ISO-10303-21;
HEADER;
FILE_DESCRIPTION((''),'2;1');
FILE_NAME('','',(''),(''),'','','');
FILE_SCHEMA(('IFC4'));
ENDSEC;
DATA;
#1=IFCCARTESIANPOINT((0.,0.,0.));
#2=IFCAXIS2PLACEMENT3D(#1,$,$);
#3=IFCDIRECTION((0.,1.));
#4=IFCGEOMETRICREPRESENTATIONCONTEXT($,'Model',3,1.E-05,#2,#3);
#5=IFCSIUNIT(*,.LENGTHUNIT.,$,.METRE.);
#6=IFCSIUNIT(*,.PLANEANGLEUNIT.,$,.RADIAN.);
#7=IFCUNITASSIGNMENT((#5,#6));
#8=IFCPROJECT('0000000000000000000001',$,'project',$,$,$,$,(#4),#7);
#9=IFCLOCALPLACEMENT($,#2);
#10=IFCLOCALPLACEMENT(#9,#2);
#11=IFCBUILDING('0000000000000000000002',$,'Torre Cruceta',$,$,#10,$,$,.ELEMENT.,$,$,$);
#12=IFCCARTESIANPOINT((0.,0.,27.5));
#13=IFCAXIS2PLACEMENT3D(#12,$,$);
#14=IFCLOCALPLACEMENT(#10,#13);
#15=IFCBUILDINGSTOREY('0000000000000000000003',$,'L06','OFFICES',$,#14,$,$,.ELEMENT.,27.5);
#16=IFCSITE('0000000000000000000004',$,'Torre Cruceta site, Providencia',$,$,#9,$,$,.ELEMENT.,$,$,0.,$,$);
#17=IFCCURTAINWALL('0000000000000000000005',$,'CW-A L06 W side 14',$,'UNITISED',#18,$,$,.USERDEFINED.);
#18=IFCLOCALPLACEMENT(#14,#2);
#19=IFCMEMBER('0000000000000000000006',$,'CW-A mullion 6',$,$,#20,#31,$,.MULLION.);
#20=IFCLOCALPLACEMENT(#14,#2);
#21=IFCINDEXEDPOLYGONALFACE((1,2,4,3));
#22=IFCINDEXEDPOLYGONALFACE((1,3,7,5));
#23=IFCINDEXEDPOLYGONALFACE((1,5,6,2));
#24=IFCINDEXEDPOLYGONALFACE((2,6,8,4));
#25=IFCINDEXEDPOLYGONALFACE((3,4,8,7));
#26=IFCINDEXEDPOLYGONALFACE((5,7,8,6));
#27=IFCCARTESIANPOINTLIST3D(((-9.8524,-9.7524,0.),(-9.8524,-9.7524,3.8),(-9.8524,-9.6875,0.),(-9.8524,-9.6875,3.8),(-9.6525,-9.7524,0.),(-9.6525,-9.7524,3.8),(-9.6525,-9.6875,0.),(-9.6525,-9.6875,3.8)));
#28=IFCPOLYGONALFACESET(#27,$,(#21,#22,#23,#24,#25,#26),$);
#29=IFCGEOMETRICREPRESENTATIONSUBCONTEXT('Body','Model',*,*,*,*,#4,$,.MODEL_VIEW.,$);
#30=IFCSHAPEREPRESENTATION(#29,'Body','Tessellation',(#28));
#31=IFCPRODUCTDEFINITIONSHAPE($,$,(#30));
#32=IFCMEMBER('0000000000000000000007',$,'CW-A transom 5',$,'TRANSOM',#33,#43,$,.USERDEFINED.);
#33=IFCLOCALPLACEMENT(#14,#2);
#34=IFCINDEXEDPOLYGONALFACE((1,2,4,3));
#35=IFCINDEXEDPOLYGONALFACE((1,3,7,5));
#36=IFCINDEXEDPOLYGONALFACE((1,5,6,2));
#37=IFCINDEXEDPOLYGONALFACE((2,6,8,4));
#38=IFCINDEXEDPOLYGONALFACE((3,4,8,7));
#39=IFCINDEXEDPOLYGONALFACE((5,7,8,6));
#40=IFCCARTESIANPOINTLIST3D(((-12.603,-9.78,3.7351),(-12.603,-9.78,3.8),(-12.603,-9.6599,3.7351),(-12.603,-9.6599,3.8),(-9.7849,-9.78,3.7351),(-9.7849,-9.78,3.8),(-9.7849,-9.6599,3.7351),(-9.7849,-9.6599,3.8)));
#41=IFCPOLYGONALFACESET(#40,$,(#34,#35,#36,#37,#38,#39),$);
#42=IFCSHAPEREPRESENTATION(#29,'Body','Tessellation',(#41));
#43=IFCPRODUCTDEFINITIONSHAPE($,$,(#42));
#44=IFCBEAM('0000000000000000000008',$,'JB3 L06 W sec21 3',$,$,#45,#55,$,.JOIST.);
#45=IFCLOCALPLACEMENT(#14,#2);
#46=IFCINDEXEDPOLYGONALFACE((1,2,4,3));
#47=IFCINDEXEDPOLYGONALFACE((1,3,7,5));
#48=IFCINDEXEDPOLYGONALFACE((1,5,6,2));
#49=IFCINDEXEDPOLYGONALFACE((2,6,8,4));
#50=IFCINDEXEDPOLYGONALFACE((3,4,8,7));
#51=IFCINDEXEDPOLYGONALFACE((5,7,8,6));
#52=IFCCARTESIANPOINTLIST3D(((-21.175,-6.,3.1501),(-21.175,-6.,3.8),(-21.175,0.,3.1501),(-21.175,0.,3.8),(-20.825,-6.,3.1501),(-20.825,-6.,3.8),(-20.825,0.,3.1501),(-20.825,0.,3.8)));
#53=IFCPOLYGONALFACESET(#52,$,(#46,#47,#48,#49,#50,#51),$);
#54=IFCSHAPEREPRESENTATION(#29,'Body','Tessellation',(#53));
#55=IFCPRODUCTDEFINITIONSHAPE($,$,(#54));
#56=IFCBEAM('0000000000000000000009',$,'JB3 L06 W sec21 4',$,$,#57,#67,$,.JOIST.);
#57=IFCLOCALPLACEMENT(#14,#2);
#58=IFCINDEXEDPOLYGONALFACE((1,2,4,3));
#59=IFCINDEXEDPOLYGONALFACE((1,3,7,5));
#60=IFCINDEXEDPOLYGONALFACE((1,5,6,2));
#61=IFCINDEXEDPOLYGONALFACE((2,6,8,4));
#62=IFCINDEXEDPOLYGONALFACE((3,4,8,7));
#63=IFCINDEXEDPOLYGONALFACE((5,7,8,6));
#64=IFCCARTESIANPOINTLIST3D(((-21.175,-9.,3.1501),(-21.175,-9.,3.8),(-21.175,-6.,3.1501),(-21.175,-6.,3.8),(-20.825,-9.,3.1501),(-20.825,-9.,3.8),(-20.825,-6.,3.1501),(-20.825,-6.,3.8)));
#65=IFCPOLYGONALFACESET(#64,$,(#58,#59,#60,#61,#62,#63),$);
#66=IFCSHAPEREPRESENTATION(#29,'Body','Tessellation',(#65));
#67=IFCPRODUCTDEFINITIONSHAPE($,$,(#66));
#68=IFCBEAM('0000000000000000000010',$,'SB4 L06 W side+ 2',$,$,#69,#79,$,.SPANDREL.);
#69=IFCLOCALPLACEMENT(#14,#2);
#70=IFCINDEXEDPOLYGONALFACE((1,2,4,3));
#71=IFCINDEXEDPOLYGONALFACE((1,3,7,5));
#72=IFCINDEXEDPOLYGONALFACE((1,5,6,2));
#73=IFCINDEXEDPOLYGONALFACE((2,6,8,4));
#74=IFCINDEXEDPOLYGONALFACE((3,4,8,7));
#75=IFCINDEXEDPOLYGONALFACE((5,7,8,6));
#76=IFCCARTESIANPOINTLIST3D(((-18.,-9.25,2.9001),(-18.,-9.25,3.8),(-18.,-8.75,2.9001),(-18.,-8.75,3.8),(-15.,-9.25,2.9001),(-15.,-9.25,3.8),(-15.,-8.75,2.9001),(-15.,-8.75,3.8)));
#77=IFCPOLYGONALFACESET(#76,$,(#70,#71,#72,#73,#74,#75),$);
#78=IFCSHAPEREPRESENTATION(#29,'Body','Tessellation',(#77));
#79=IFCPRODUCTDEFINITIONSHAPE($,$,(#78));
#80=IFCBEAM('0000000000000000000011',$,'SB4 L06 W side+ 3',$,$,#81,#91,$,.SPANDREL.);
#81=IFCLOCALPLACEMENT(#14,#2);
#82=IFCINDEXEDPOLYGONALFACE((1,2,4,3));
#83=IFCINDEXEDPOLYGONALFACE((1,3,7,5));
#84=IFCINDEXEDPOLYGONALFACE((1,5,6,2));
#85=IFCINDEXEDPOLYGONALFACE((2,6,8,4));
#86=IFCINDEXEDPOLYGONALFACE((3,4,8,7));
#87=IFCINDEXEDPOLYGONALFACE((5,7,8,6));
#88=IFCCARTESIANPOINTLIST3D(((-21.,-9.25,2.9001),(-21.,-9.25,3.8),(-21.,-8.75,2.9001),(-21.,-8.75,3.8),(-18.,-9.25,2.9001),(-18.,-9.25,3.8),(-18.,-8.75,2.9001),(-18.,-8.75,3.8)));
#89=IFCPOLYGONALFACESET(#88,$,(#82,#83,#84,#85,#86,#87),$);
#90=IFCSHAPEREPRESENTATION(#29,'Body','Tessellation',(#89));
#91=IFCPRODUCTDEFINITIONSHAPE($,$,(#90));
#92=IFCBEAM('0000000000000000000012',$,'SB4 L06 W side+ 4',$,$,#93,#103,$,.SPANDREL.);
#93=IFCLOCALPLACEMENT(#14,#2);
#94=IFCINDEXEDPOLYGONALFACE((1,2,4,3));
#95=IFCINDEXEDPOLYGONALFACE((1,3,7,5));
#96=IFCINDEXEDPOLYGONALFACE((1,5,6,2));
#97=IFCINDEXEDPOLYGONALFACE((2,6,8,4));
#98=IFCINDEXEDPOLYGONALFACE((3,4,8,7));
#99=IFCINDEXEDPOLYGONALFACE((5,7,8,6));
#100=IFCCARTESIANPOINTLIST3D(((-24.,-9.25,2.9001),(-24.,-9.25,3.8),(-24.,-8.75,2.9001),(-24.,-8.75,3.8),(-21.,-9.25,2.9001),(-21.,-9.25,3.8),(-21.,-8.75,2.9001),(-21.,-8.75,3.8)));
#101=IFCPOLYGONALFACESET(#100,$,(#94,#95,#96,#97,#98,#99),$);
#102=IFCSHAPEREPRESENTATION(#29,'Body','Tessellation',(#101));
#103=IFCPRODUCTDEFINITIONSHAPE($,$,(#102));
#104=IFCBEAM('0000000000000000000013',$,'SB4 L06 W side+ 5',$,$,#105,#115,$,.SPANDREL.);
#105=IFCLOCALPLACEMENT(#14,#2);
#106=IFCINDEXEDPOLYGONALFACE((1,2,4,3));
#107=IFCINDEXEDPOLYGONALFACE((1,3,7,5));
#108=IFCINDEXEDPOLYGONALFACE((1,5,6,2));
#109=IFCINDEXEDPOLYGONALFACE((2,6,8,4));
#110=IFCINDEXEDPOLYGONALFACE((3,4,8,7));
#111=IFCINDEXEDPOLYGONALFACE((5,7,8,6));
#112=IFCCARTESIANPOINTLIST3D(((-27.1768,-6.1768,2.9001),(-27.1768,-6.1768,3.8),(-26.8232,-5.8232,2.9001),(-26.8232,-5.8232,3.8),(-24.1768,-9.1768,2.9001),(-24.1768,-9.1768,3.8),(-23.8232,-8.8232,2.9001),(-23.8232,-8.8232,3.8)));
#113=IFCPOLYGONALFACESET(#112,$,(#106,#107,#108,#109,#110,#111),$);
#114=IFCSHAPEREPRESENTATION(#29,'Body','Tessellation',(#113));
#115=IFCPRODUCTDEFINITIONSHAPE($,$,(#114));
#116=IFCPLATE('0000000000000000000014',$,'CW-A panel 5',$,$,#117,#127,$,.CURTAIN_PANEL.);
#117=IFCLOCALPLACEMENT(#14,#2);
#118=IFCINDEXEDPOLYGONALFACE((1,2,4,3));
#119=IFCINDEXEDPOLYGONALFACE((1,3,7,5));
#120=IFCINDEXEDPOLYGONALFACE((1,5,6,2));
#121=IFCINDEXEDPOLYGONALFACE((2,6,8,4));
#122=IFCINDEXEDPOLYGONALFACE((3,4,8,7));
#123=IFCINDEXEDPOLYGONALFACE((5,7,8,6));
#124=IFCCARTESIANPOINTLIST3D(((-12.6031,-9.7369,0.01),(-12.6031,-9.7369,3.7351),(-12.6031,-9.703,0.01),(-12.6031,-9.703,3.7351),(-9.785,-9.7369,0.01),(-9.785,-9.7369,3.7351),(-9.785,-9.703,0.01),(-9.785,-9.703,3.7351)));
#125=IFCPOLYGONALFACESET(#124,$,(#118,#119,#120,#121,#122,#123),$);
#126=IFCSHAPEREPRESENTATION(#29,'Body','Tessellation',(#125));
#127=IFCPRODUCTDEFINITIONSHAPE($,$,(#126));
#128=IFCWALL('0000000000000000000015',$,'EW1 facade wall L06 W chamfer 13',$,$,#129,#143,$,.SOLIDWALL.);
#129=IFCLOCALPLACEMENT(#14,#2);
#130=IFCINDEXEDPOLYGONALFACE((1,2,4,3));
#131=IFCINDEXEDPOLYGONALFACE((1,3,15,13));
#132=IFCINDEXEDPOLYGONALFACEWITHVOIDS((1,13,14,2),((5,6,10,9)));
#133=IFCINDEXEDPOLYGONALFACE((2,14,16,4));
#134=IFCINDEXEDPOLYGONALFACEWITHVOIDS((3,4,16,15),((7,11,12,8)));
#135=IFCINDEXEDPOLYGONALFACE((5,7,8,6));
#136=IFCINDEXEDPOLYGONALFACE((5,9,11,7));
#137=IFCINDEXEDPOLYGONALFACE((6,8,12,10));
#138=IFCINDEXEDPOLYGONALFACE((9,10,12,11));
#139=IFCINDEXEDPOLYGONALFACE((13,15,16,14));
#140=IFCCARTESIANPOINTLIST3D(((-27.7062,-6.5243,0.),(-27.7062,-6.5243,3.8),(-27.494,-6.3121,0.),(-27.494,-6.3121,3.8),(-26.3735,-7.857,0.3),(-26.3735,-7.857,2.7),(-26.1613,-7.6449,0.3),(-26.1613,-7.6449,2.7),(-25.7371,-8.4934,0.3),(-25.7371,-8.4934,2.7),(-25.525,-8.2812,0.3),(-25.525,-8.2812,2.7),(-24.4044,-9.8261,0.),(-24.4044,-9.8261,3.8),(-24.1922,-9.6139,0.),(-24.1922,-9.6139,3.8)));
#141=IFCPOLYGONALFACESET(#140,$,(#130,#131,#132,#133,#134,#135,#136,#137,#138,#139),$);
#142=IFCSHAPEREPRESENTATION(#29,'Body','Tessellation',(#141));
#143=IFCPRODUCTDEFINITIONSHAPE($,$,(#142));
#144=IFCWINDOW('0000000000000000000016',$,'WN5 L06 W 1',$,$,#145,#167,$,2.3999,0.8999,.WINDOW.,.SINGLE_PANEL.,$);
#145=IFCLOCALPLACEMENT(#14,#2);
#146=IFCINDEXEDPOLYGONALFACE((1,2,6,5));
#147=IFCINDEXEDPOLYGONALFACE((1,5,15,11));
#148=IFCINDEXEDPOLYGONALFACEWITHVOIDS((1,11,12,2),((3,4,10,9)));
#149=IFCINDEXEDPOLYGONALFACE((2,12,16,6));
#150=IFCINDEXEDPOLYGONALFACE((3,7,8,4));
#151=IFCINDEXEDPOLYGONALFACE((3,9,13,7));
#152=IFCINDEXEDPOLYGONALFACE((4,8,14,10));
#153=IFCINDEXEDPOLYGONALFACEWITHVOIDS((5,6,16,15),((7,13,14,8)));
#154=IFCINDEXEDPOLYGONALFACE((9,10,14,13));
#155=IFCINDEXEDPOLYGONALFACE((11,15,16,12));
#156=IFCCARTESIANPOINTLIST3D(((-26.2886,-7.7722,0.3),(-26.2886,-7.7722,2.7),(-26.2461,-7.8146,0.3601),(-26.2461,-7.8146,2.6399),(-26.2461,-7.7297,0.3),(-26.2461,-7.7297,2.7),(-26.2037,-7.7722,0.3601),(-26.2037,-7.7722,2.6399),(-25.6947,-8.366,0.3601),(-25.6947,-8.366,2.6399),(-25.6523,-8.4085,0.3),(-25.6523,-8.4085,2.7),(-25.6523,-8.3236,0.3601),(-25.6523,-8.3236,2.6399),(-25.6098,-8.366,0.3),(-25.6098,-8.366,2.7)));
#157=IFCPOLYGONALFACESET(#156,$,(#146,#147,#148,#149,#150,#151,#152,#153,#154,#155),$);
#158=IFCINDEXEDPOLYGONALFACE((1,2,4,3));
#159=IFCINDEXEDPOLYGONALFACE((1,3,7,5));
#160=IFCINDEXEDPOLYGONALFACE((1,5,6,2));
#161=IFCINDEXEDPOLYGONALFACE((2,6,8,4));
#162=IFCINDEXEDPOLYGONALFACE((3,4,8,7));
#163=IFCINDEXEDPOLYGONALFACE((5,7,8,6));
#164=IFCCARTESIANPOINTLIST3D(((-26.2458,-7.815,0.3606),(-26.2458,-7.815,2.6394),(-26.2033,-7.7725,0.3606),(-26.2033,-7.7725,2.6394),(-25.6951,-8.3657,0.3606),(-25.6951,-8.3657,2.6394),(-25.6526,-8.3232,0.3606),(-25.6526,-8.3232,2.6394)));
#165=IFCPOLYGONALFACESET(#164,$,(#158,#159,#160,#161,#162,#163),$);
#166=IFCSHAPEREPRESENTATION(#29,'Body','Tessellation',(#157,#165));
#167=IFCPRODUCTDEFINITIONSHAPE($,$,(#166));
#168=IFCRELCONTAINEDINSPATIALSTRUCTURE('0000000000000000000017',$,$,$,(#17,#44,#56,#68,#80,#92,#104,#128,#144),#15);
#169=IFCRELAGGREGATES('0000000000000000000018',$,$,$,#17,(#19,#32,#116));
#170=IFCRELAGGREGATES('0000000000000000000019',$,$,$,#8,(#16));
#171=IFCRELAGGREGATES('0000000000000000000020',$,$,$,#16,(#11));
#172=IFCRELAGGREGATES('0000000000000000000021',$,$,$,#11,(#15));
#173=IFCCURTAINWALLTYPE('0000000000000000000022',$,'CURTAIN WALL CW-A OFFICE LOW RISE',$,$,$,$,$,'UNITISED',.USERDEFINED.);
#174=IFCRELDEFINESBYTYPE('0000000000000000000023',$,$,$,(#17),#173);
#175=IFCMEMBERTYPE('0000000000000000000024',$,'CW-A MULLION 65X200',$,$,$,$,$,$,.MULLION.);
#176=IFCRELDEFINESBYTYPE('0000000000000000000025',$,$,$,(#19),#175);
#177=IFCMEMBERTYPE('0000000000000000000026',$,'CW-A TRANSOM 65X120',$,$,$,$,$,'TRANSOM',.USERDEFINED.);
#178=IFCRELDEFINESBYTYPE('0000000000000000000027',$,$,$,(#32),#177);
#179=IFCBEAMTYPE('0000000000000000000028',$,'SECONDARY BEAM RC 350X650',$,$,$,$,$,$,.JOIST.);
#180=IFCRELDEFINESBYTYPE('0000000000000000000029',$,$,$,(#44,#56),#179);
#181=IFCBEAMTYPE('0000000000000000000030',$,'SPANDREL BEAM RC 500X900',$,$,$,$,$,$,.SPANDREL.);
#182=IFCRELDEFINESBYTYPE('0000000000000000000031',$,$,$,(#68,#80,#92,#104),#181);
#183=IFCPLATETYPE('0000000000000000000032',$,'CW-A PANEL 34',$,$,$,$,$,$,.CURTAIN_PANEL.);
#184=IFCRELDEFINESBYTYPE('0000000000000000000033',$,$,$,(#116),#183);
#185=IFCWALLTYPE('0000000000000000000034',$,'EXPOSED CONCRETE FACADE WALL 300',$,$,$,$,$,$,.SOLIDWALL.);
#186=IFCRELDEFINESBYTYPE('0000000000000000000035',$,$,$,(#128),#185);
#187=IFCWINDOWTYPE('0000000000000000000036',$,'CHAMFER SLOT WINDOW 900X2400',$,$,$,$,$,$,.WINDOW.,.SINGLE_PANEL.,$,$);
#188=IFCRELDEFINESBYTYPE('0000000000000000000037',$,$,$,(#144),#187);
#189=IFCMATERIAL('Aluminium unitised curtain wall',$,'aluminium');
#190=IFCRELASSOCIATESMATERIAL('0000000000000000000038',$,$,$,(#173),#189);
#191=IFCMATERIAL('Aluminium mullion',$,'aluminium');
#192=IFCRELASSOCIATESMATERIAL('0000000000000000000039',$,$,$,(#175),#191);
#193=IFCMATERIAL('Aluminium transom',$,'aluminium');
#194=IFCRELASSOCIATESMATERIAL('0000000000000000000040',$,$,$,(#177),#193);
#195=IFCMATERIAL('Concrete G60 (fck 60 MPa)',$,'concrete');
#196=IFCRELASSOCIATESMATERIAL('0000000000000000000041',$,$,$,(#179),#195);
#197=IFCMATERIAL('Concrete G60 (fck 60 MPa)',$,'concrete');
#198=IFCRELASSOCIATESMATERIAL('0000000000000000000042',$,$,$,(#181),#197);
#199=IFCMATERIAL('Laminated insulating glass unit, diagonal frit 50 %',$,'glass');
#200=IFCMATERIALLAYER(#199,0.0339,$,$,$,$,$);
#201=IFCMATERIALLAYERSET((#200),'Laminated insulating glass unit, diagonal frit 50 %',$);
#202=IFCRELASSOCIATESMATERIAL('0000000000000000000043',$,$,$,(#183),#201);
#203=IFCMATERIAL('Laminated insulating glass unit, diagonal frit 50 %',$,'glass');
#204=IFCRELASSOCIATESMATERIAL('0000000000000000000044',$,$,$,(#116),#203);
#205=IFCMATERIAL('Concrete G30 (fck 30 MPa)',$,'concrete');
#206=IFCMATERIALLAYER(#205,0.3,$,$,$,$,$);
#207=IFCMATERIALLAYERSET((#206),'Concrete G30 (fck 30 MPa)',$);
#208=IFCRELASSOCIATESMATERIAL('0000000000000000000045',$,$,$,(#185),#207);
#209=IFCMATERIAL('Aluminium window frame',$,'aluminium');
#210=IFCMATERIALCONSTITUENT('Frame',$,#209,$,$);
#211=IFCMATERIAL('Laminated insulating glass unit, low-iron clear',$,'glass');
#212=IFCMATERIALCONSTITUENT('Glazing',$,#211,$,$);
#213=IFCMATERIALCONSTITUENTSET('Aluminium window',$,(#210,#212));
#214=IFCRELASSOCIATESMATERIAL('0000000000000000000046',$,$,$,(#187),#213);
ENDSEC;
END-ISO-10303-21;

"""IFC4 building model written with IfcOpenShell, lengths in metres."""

from ifc_helpers import new_model, si_unit, direction, frame, frame_2d, origin, origin_2d, place, context, subcontext, project, spatial, rectangle, hollow_rectangle, extrude, material, layer, layer_set, constituent, constituent_set, material_profile, profile_set, type_object, element, fill, aggregate, save


model = new_model("IFC4")

# Units and contexts
model_context = context("Model", 3, precision=1e-05, world=origin(), true_north=direction((0.0, 1.0)))
body_context = subcontext(model_context, "Body", "Model", "MODEL_VIEW")
ifc_project = project(units=[si_unit("LENGTHUNIT", "METRE"), si_unit("PLANEANGLEUNIT", "RADIAN")], contexts=[model_context])

# Site, building, storey
site_placement = place(None, origin())
site = spatial("IfcSite", under=ifc_project, at=site_placement, Name="Torre Cruceta site, Providencia", CompositionType="ELEMENT", RefElevation=0.0)
building_placement = place(site_placement, origin())
building = spatial("IfcBuilding", under=site, at=building_placement, Name="Torre Cruceta", CompositionType="ELEMENT")
storey_placement = place(building_placement, frame((0.0, 0.0, 27.5)))
storey = spatial("IfcBuildingStorey", under=building, at=storey_placement, Name="L06", Description="OFFICES", CompositionType="ELEMENT", Elevation=27.5)

# Curtain wall, members
ifc_material_1 = material(Name="Aluminium unitised curtain wall", Category="aluminium")
curtain_wall_type = type_object("IfcCurtainWallType", Name="CURTAIN WALL CW-A OFFICE LOW RISE", ElementType="UNITISED", PredefinedType="USERDEFINED", material=ifc_material_1)
curtain_wall_placement = place(storey_placement, origin())
curtain_wall = element("IfcCurtainWall", 1, at=curtain_wall_placement, inside=storey, type_object=curtain_wall_type, Name="CW-A L06 W side 14", ObjectType="UNITISED", PredefinedType="USERDEFINED")
ifc_material_2 = material(Name="Aluminium mullion", Category="aluminium")
ifc_material_profile_1 = material_profile(ifc_material_2, rectangle(XDim=0.0649, YDim=0.2, at=origin_2d()), Name="AL 65X200")
ifc_profile_set_1 = profile_set([ifc_material_profile_1], Name="Aluminium mullion")
member_type_1 = type_object("IfcMemberType", Name="CW-A MULLION 65X200", PredefinedType="MULLION", material=ifc_profile_set_1)
member_1_placement = place(storey_placement, frame((-9.7524, -9.72, 0.0), z_axis=(0.0, 0.0, 1.0), x_axis=(0.0, 1.0, 0.0)))
member_1 = element("IfcMember", 2, at=member_1_placement, type_object=member_type_1, Name="CW-A mullion 6", PredefinedType="MULLION", context=body_context, shape_type="SweptSolid", body=[
    extrude(rectangle(XDim=0.0649, YDim=0.2, at=origin_2d()), origin(), (0.0, 0.0, 1.0), 3.8),
])
ifc_material_3 = material(Name="Aluminium transom", Category="aluminium")
ifc_material_profile_2 = material_profile(ifc_material_3, rectangle(XDim=0.1201, YDim=0.0649, at=origin_2d()), Name="AL 120X65")
ifc_profile_set_2 = profile_set([ifc_material_profile_2], Name="Aluminium transom")
member_type_2 = type_object("IfcMemberType", Name="CW-A TRANSOM 65X120", ElementType="TRANSOM", PredefinedType="USERDEFINED", material=ifc_profile_set_2)
member_2_placement = place(storey_placement, frame((-12.603, -9.72, 3.7676), z_axis=(1.0, 0.0, 0.0), x_axis=(0.0, 1.0, 0.0)))
member_2 = element("IfcMember", 3, at=member_2_placement, type_object=member_type_2, Name="CW-A transom 5", ObjectType="TRANSOM", PredefinedType="USERDEFINED", context=body_context, shape_type="SweptSolid", body=[
    extrude(rectangle(XDim=0.1201, YDim=0.0649, at=origin_2d()), origin(), (0.0, 0.0, 1.0), 2.8181),
])

# Beams
ifc_material_4 = material(Name="Concrete G60 (fck 60 MPa)", Category="concrete")
ifc_material_profile_3 = material_profile(ifc_material_4, rectangle(XDim=0.3501, YDim=0.6499, at=origin_2d()), Name="RC 350X650")
ifc_profile_set_3 = profile_set([ifc_material_profile_3], Name="Concrete G60 (fck 60 MPa)")
beam_type_1 = type_object("IfcBeamType", Name="SECONDARY BEAM RC 350X650", PredefinedType="JOIST", material=ifc_profile_set_3)
beam_1_placement = place(storey_placement, frame((-21.0, 0.0, 3.4751), z_axis=(0.0, -1.0, 0.0), x_axis=(1.0, 0.0, 0.0)))
element("IfcBeam", 4, at=beam_1_placement, inside=storey, type_object=beam_type_1, Name="JB3 L06 W sec21 3", PredefinedType="JOIST", context=body_context, shape_type="SweptSolid", body=[
    extrude(rectangle(XDim=0.3501, YDim=0.6499, at=origin_2d()), origin(), (0.0, 0.0, 1.0), 6.0),
])
beam_2_placement = place(storey_placement, frame((-21.0, -6.0, 3.4751), z_axis=(0.0, -1.0, 0.0), x_axis=(1.0, 0.0, 0.0)))
element("IfcBeam", 5, at=beam_2_placement, inside=storey, type_object=beam_type_1, Name="JB3 L06 W sec21 4", PredefinedType="JOIST", context=body_context, shape_type="SweptSolid", body=[
    extrude(rectangle(XDim=0.3501, YDim=0.6499, at=origin_2d()), origin(), (0.0, 0.0, 1.0), 3.0),
])
ifc_material_5 = material(Name="Concrete G60 (fck 60 MPa)", Category="concrete")
ifc_material_profile_4 = material_profile(ifc_material_5, rectangle(XDim=0.5, YDim=0.8999, at=origin_2d()), Name="RC 500X900")
ifc_profile_set_4 = profile_set([ifc_material_profile_4], Name="Concrete G60 (fck 60 MPa)")
beam_type_2 = type_object("IfcBeamType", Name="SPANDREL BEAM RC 500X900", PredefinedType="SPANDREL", material=ifc_profile_set_4)
for number, where, z_axis, x_axis, name in (
    (6, (-15.0, -9.0, 3.3501), (-1.0, 0.0, 0.0), (0.0, -1.0, 0.0), "SB4 L06 W side+ 2"),
    (7, (-18.0, -9.0, 3.3501), (-1.0, 0.0, 0.0), (0.0, -1.0, 0.0), "SB4 L06 W side+ 3"),
    (8, (-21.0, -9.0, 3.3501), (-1.0, 0.0, 0.0), (0.0, -1.0, 0.0), "SB4 L06 W side+ 4"),
):
    element("IfcBeam", number, at=place(storey_placement, frame(where, z_axis=z_axis, x_axis=x_axis)), inside=storey, type_object=beam_type_2, Name=name, PredefinedType="SPANDREL", context=body_context, shape_type="SweptSolid", body=[
        extrude(rectangle(XDim=0.5, YDim=0.8999, at=origin_2d()), origin(), (0.0, 0.0, 1.0), 3.0),
    ])
beam_3_placement = place(storey_placement, frame((-24.0, -9.0, 3.3501), z_axis=(-0.707107, 0.707107, 0.0), x_axis=(-0.707107, -0.707107, 0.0)))
element("IfcBeam", 9, at=beam_3_placement, inside=storey, type_object=beam_type_2, Name="SB4 L06 W side+ 5", PredefinedType="SPANDREL", context=body_context, shape_type="SweptSolid", body=[
    extrude(rectangle(XDim=0.5, YDim=0.8999, at=origin_2d()), origin(), (0.0, 0.0, 1.0), 4.2427),
])

# Plate
ifc_material_6 = material(Name="Laminated insulating glass unit, diagonal frit 50 %", Category="glass")
ifc_material_7 = material(Name="Laminated insulating glass unit, diagonal frit 50 %", Category="glass")
ifc_layer_1 = layer(ifc_material_7, 0.0339)
ifc_layer_set_1 = layer_set([ifc_layer_1], Name="Laminated insulating glass unit, diagonal frit 50 %")
plate_type = type_object("IfcPlateType", Name="CW-A PANEL 34", PredefinedType="CURTAIN_PANEL", material=ifc_layer_set_1)
plate_placement = place(storey_placement, frame((-11.1941, -9.72, 0.01), z_axis=(0.0, 0.0, 1.0), x_axis=(1.0, 0.0, 0.0)))
plate = element("IfcPlate", 10, at=plate_placement, type_object=plate_type, material=ifc_material_6, Name="CW-A panel 5", PredefinedType="CURTAIN_PANEL", context=body_context, shape_type="SweptSolid", body=[
    extrude(rectangle(XDim=2.8181, YDim=0.0339, at=origin_2d()), origin(), (0.0, 0.0, 1.0), 3.7251),
])
aggregate(curtain_wall, [member_1, member_2, plate])

# Wall, opening, window
ifc_material_8 = material(Name="Concrete G30 (fck 30 MPa)", Category="concrete")
ifc_layer_2 = layer(ifc_material_8, 0.3)
ifc_layer_set_2 = layer_set([ifc_layer_2], Name="Concrete G30 (fck 30 MPa)")
wall_type_1 = type_object("IfcWallType", Name="EXPOSED CONCRETE FACADE WALL 300", PredefinedType="SOLIDWALL", material=ifc_layer_set_2)
wall_1_placement = place(storey_placement, frame((-27.6001, -6.4182, 0.0), z_axis=(0.0, 0.0, 1.0), x_axis=(0.707107, -0.707107, 0.0)))
wall_1 = element("IfcWall", 11, at=wall_1_placement, inside=storey, type_object=wall_type_1, Name="EW1 facade wall L06 W chamfer 13", PredefinedType="SOLIDWALL", context=body_context, shape_type="SweptSolid", body=[
    extrude(rectangle(XDim=4.6694, YDim=0.3, at=frame_2d((2.3347, 0.0))), origin(), (0.0, 0.0, 1.0), 3.8),
])
opening_1_placement = place(wall_1_placement, frame((1.8848, 0.0, 0.3)))
opening_1 = element("IfcOpeningElement", 12, at=opening_1_placement, cuts=wall_1, PredefinedType="OPENING", context=body_context, shape_type="SweptSolid", body=[
    extrude(rectangle(XDim=0.8999, YDim=2.3999, at=frame_2d((0.45, 1.2))), frame((0.0, 0.1599, 0.0), z_axis=(0.0, -1.0, 0.0), x_axis=(1.0, 0.0, 0.0)), (0.0, 0.0, 1.0), 0.3201),
])
ifc_material_9 = material(Name="Aluminium window frame", Category="aluminium")
ifc_constituent_1 = constituent(ifc_material_9, Name="Frame")
ifc_material_10 = material(Name="Laminated insulating glass unit, low-iron clear", Category="glass")
ifc_constituent_2 = constituent(ifc_material_10, Name="Glazing")
ifc_constituent_set_1 = constituent_set(constituents=[ifc_constituent_1, ifc_constituent_2], Name="Aluminium window")
window_type = type_object("IfcWindowType", Name="CHAMFER SLOT WINDOW 900X2400", PartitioningType="SINGLE_PANEL", PredefinedType="WINDOW", material=ifc_constituent_set_1)
window_placement = place(opening_1_placement, origin())
window = element("IfcWindow", 13, at=window_placement, inside=storey, type_object=window_type, Name="WN5 L06 W 1", OverallHeight=2.3999, OverallWidth=0.8999, PartitioningType="SINGLE_PANEL", PredefinedType="WINDOW", context=body_context, shape_type="SweptSolid", body=[
    extrude(hollow_rectangle(XDim=0.8999, YDim=2.3999, WallThickness=0.0601, at=frame_2d((0.45, 1.2))), frame((0.0, 0.03, 0.0), z_axis=(0.0, -1.0, 0.0), x_axis=(1.0, 0.0, 0.0)), (0.0, 0.0, 1.0), 0.0601),
    extrude(rectangle(XDim=0.7788, YDim=2.2788, at=frame_2d((0.45, 1.2))), frame((0.0, 0.03, 0.0), z_axis=(0.0, -1.0, 0.0), x_axis=(1.0, 0.0, 0.0)), (0.0, 0.0, 1.0), 0.0601),
])
fill(opening_1, window)

save(model, "model.ifc")
